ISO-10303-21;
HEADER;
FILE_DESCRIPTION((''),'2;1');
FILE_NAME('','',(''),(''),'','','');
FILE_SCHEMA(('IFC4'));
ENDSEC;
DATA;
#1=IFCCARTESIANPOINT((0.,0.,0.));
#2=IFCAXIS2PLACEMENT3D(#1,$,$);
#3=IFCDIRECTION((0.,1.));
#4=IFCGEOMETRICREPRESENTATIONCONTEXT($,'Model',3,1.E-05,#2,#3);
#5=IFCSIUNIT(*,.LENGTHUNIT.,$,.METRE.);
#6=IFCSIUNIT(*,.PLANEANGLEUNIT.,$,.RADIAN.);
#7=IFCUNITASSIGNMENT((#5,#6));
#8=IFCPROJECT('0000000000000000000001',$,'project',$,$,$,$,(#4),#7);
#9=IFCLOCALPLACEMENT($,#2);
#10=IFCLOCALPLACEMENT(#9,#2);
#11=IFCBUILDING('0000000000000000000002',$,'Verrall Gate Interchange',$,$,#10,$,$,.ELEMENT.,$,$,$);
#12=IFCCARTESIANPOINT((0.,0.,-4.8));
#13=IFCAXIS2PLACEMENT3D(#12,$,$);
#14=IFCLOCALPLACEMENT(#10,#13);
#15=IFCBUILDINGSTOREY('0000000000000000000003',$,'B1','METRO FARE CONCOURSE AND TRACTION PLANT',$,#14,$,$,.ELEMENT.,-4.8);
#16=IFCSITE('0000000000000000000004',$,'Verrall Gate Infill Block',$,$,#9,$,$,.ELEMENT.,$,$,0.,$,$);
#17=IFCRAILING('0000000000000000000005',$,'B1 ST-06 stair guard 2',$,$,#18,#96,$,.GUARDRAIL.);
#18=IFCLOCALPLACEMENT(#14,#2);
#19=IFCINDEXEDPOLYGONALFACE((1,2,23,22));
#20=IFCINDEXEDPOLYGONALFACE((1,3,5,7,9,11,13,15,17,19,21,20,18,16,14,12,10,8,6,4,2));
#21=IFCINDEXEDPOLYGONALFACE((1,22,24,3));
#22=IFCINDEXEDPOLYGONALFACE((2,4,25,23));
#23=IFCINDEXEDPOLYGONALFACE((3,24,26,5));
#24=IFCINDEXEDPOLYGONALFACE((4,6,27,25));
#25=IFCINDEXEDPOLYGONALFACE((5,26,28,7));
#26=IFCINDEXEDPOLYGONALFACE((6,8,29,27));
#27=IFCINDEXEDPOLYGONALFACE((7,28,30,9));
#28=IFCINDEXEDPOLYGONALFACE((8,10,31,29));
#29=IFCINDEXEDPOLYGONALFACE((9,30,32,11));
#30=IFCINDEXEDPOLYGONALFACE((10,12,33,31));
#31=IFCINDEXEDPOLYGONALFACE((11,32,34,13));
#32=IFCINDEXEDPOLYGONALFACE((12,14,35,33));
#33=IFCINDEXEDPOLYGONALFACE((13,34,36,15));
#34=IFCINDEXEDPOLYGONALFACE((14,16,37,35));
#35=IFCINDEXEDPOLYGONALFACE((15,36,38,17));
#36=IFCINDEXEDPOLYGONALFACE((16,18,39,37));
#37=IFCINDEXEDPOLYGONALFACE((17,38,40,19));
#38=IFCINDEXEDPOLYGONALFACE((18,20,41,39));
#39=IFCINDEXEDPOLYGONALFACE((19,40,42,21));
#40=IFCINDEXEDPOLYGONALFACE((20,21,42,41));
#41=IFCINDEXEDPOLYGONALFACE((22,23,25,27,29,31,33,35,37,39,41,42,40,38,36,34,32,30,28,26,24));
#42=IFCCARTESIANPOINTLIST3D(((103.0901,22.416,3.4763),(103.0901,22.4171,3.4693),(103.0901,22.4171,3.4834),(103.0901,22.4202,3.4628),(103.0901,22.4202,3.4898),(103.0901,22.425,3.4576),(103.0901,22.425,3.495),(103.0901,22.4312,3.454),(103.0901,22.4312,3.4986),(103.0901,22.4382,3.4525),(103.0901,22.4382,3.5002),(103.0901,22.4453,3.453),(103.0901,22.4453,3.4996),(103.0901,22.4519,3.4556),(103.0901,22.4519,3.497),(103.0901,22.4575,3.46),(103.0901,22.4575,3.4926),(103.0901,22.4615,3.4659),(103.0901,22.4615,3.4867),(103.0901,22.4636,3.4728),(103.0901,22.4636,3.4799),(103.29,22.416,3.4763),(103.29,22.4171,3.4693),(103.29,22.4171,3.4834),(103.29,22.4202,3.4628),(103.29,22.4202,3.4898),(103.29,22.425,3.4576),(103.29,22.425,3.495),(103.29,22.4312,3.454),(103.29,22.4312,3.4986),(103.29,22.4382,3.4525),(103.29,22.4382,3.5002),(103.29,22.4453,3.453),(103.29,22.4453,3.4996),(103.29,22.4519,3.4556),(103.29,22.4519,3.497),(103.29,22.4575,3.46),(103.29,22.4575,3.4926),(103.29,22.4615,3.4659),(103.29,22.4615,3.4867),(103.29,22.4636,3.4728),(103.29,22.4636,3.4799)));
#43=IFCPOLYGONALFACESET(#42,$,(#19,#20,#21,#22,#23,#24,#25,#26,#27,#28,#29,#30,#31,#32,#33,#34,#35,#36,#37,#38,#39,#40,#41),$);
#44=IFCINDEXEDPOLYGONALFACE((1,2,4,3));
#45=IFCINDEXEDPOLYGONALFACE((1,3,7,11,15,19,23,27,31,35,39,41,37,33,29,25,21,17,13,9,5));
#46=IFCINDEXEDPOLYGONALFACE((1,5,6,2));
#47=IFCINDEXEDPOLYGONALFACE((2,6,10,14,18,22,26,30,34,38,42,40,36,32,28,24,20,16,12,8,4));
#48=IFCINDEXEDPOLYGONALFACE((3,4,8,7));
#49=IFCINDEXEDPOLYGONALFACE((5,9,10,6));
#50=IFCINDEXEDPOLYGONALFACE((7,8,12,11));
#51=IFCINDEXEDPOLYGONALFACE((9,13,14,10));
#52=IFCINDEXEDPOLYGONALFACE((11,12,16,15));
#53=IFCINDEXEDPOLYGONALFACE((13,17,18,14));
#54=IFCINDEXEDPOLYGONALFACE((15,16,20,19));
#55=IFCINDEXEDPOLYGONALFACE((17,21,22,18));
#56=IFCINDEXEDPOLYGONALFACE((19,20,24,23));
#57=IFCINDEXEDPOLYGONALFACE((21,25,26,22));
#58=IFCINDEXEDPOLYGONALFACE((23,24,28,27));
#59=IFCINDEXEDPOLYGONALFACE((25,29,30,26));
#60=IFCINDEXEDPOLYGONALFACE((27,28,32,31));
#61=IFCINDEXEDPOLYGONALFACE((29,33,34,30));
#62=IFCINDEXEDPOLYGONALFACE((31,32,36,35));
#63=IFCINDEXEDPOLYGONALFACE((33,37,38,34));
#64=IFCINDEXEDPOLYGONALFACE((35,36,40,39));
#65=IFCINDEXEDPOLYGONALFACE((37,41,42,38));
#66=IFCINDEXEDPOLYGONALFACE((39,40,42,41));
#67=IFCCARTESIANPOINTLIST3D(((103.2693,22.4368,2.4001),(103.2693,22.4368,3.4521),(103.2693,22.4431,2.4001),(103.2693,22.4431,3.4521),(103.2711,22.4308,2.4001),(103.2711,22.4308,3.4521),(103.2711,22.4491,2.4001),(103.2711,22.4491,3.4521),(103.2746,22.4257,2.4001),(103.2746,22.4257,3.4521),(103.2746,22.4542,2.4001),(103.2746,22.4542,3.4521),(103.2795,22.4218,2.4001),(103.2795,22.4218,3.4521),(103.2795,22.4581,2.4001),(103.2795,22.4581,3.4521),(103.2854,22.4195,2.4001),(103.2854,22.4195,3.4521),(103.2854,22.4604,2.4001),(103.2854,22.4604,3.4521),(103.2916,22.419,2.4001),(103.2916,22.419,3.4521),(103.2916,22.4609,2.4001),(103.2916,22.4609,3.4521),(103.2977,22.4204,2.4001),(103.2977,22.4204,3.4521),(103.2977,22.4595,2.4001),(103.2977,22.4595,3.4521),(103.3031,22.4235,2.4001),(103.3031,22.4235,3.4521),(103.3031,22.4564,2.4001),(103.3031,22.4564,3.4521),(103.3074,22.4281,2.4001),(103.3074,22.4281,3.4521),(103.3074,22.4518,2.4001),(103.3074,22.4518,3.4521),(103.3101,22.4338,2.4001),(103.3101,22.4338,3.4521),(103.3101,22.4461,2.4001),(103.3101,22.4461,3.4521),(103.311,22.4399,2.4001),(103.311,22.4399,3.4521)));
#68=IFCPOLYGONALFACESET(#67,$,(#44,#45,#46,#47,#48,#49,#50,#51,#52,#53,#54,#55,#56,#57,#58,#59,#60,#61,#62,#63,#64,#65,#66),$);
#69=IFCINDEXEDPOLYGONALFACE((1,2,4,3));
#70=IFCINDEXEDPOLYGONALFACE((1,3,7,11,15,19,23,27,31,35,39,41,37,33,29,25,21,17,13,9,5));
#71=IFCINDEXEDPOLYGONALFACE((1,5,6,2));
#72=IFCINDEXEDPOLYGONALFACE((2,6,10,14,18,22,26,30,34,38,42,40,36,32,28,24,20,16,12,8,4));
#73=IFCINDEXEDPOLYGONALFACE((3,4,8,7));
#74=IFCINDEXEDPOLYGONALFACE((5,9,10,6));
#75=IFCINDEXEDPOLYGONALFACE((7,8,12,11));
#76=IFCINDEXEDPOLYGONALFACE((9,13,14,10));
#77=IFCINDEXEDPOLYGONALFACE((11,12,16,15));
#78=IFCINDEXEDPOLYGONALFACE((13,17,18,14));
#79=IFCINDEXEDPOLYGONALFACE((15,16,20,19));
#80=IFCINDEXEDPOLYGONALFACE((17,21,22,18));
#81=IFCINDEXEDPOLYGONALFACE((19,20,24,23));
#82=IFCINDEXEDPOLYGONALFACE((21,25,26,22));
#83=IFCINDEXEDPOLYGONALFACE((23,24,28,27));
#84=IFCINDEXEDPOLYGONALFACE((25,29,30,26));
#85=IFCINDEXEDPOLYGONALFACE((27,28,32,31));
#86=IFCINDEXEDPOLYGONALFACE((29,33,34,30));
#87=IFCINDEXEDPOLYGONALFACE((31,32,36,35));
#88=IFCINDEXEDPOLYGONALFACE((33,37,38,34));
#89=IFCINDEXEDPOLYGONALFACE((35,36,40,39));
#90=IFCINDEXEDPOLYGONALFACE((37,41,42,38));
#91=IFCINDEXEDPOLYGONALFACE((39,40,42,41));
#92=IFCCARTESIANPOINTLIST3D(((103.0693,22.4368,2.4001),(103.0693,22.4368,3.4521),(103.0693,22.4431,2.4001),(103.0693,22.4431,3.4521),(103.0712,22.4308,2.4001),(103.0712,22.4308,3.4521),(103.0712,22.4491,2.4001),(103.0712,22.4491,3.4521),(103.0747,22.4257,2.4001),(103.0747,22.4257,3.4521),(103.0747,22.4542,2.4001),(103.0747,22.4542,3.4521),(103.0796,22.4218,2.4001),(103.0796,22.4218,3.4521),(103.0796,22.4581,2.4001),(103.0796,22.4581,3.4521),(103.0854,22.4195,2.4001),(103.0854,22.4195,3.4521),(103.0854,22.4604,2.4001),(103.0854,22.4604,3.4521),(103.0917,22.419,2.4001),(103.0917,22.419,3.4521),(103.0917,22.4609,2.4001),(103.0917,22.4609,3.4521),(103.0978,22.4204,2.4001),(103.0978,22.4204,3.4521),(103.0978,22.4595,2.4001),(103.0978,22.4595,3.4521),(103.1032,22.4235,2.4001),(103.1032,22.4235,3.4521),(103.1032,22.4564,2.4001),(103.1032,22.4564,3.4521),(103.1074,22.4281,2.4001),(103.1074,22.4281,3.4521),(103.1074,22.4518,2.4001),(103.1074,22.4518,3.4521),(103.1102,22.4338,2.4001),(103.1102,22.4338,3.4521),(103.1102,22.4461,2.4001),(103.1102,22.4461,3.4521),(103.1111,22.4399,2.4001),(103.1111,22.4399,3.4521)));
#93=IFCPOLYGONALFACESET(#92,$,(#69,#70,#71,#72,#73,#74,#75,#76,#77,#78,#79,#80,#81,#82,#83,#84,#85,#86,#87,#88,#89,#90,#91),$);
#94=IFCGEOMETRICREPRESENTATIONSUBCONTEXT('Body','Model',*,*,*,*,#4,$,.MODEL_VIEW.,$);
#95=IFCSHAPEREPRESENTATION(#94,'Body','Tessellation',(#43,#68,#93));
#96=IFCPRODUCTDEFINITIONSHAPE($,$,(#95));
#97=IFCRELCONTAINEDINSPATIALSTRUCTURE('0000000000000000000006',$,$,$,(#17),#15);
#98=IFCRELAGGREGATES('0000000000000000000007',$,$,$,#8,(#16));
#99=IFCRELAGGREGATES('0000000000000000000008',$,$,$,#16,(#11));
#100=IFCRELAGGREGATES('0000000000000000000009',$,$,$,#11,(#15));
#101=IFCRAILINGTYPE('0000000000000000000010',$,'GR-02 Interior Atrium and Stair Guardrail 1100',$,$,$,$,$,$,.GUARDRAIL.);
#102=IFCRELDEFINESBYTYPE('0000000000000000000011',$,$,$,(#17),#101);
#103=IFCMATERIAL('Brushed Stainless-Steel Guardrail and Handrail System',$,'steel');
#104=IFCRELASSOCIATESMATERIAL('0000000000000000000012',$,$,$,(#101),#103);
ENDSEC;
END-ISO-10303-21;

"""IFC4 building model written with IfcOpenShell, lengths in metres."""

from ifc_helpers import new_model, si_unit, direction, frame, origin, origin_2d, place, context, subcontext, project, spatial, circle, extrude, material, type_object, element, save


model = new_model("IFC4")

# Units and contexts
model_context = context("Model", 3, precision=1e-05, world=origin(), true_north=direction((0.0, 1.0)))
body_context = subcontext(model_context, "Body", "Model", "MODEL_VIEW")
ifc_project = project(units=[si_unit("LENGTHUNIT", "METRE"), si_unit("PLANEANGLEUNIT", "RADIAN")], contexts=[model_context])

# Site, building, storey
site_placement = place(None, origin())
site = spatial("IfcSite", under=ifc_project, at=site_placement, Name="Verrall Gate Infill Block", CompositionType="ELEMENT", RefElevation=0.0)
building_placement = place(site_placement, origin())
building = spatial("IfcBuilding", under=site, at=building_placement, Name="Verrall Gate Interchange", CompositionType="ELEMENT")
storey_placement = place(building_placement, frame((0.0, 0.0, -4.8)))
storey = spatial("IfcBuildingStorey", under=building, at=storey_placement, Name="B1", Description="METRO FARE CONCOURSE AND TRACTION PLANT", CompositionType="ELEMENT", Elevation=-4.8)

# Railing
ifc_material_1 = material(Name="Brushed Stainless-Steel Guardrail and Handrail System", Category="steel")
railing_type_1 = type_object("IfcRailingType", Name="GR-02 Interior Atrium and Stair Guardrail 1100", PredefinedType="GUARDRAIL", material=ifc_material_1)
railing_1_placement = place(storey_placement, frame((103.29, 22.4399, 2.4001)))
element("IfcRailing", 1, at=railing_1_placement, inside=storey, type_object=railing_type_1, Name="B1 ST-06 stair guard 2", PredefinedType="GUARDRAIL", context=body_context, shape_type="SweptSolid", body=[
    extrude(circle(Radius=0.0239, at=origin_2d()), frame((0.0, 0.0, 1.0762), z_axis=(-1.0, 0.0, 0.0), x_axis=(0.0, -1.0, 0.0)), (0.0, 0.0, 1.0), 0.2),
    extrude(circle(Radius=0.021, at=origin_2d()), origin(), (0.0, 0.0, 1.0), 1.052),
    extrude(circle(Radius=0.021, at=origin_2d()), frame((-0.2, 0.0, 0.0)), (0.0, 0.0, 1.0), 1.052),
])

save(model, "model.ifc")
